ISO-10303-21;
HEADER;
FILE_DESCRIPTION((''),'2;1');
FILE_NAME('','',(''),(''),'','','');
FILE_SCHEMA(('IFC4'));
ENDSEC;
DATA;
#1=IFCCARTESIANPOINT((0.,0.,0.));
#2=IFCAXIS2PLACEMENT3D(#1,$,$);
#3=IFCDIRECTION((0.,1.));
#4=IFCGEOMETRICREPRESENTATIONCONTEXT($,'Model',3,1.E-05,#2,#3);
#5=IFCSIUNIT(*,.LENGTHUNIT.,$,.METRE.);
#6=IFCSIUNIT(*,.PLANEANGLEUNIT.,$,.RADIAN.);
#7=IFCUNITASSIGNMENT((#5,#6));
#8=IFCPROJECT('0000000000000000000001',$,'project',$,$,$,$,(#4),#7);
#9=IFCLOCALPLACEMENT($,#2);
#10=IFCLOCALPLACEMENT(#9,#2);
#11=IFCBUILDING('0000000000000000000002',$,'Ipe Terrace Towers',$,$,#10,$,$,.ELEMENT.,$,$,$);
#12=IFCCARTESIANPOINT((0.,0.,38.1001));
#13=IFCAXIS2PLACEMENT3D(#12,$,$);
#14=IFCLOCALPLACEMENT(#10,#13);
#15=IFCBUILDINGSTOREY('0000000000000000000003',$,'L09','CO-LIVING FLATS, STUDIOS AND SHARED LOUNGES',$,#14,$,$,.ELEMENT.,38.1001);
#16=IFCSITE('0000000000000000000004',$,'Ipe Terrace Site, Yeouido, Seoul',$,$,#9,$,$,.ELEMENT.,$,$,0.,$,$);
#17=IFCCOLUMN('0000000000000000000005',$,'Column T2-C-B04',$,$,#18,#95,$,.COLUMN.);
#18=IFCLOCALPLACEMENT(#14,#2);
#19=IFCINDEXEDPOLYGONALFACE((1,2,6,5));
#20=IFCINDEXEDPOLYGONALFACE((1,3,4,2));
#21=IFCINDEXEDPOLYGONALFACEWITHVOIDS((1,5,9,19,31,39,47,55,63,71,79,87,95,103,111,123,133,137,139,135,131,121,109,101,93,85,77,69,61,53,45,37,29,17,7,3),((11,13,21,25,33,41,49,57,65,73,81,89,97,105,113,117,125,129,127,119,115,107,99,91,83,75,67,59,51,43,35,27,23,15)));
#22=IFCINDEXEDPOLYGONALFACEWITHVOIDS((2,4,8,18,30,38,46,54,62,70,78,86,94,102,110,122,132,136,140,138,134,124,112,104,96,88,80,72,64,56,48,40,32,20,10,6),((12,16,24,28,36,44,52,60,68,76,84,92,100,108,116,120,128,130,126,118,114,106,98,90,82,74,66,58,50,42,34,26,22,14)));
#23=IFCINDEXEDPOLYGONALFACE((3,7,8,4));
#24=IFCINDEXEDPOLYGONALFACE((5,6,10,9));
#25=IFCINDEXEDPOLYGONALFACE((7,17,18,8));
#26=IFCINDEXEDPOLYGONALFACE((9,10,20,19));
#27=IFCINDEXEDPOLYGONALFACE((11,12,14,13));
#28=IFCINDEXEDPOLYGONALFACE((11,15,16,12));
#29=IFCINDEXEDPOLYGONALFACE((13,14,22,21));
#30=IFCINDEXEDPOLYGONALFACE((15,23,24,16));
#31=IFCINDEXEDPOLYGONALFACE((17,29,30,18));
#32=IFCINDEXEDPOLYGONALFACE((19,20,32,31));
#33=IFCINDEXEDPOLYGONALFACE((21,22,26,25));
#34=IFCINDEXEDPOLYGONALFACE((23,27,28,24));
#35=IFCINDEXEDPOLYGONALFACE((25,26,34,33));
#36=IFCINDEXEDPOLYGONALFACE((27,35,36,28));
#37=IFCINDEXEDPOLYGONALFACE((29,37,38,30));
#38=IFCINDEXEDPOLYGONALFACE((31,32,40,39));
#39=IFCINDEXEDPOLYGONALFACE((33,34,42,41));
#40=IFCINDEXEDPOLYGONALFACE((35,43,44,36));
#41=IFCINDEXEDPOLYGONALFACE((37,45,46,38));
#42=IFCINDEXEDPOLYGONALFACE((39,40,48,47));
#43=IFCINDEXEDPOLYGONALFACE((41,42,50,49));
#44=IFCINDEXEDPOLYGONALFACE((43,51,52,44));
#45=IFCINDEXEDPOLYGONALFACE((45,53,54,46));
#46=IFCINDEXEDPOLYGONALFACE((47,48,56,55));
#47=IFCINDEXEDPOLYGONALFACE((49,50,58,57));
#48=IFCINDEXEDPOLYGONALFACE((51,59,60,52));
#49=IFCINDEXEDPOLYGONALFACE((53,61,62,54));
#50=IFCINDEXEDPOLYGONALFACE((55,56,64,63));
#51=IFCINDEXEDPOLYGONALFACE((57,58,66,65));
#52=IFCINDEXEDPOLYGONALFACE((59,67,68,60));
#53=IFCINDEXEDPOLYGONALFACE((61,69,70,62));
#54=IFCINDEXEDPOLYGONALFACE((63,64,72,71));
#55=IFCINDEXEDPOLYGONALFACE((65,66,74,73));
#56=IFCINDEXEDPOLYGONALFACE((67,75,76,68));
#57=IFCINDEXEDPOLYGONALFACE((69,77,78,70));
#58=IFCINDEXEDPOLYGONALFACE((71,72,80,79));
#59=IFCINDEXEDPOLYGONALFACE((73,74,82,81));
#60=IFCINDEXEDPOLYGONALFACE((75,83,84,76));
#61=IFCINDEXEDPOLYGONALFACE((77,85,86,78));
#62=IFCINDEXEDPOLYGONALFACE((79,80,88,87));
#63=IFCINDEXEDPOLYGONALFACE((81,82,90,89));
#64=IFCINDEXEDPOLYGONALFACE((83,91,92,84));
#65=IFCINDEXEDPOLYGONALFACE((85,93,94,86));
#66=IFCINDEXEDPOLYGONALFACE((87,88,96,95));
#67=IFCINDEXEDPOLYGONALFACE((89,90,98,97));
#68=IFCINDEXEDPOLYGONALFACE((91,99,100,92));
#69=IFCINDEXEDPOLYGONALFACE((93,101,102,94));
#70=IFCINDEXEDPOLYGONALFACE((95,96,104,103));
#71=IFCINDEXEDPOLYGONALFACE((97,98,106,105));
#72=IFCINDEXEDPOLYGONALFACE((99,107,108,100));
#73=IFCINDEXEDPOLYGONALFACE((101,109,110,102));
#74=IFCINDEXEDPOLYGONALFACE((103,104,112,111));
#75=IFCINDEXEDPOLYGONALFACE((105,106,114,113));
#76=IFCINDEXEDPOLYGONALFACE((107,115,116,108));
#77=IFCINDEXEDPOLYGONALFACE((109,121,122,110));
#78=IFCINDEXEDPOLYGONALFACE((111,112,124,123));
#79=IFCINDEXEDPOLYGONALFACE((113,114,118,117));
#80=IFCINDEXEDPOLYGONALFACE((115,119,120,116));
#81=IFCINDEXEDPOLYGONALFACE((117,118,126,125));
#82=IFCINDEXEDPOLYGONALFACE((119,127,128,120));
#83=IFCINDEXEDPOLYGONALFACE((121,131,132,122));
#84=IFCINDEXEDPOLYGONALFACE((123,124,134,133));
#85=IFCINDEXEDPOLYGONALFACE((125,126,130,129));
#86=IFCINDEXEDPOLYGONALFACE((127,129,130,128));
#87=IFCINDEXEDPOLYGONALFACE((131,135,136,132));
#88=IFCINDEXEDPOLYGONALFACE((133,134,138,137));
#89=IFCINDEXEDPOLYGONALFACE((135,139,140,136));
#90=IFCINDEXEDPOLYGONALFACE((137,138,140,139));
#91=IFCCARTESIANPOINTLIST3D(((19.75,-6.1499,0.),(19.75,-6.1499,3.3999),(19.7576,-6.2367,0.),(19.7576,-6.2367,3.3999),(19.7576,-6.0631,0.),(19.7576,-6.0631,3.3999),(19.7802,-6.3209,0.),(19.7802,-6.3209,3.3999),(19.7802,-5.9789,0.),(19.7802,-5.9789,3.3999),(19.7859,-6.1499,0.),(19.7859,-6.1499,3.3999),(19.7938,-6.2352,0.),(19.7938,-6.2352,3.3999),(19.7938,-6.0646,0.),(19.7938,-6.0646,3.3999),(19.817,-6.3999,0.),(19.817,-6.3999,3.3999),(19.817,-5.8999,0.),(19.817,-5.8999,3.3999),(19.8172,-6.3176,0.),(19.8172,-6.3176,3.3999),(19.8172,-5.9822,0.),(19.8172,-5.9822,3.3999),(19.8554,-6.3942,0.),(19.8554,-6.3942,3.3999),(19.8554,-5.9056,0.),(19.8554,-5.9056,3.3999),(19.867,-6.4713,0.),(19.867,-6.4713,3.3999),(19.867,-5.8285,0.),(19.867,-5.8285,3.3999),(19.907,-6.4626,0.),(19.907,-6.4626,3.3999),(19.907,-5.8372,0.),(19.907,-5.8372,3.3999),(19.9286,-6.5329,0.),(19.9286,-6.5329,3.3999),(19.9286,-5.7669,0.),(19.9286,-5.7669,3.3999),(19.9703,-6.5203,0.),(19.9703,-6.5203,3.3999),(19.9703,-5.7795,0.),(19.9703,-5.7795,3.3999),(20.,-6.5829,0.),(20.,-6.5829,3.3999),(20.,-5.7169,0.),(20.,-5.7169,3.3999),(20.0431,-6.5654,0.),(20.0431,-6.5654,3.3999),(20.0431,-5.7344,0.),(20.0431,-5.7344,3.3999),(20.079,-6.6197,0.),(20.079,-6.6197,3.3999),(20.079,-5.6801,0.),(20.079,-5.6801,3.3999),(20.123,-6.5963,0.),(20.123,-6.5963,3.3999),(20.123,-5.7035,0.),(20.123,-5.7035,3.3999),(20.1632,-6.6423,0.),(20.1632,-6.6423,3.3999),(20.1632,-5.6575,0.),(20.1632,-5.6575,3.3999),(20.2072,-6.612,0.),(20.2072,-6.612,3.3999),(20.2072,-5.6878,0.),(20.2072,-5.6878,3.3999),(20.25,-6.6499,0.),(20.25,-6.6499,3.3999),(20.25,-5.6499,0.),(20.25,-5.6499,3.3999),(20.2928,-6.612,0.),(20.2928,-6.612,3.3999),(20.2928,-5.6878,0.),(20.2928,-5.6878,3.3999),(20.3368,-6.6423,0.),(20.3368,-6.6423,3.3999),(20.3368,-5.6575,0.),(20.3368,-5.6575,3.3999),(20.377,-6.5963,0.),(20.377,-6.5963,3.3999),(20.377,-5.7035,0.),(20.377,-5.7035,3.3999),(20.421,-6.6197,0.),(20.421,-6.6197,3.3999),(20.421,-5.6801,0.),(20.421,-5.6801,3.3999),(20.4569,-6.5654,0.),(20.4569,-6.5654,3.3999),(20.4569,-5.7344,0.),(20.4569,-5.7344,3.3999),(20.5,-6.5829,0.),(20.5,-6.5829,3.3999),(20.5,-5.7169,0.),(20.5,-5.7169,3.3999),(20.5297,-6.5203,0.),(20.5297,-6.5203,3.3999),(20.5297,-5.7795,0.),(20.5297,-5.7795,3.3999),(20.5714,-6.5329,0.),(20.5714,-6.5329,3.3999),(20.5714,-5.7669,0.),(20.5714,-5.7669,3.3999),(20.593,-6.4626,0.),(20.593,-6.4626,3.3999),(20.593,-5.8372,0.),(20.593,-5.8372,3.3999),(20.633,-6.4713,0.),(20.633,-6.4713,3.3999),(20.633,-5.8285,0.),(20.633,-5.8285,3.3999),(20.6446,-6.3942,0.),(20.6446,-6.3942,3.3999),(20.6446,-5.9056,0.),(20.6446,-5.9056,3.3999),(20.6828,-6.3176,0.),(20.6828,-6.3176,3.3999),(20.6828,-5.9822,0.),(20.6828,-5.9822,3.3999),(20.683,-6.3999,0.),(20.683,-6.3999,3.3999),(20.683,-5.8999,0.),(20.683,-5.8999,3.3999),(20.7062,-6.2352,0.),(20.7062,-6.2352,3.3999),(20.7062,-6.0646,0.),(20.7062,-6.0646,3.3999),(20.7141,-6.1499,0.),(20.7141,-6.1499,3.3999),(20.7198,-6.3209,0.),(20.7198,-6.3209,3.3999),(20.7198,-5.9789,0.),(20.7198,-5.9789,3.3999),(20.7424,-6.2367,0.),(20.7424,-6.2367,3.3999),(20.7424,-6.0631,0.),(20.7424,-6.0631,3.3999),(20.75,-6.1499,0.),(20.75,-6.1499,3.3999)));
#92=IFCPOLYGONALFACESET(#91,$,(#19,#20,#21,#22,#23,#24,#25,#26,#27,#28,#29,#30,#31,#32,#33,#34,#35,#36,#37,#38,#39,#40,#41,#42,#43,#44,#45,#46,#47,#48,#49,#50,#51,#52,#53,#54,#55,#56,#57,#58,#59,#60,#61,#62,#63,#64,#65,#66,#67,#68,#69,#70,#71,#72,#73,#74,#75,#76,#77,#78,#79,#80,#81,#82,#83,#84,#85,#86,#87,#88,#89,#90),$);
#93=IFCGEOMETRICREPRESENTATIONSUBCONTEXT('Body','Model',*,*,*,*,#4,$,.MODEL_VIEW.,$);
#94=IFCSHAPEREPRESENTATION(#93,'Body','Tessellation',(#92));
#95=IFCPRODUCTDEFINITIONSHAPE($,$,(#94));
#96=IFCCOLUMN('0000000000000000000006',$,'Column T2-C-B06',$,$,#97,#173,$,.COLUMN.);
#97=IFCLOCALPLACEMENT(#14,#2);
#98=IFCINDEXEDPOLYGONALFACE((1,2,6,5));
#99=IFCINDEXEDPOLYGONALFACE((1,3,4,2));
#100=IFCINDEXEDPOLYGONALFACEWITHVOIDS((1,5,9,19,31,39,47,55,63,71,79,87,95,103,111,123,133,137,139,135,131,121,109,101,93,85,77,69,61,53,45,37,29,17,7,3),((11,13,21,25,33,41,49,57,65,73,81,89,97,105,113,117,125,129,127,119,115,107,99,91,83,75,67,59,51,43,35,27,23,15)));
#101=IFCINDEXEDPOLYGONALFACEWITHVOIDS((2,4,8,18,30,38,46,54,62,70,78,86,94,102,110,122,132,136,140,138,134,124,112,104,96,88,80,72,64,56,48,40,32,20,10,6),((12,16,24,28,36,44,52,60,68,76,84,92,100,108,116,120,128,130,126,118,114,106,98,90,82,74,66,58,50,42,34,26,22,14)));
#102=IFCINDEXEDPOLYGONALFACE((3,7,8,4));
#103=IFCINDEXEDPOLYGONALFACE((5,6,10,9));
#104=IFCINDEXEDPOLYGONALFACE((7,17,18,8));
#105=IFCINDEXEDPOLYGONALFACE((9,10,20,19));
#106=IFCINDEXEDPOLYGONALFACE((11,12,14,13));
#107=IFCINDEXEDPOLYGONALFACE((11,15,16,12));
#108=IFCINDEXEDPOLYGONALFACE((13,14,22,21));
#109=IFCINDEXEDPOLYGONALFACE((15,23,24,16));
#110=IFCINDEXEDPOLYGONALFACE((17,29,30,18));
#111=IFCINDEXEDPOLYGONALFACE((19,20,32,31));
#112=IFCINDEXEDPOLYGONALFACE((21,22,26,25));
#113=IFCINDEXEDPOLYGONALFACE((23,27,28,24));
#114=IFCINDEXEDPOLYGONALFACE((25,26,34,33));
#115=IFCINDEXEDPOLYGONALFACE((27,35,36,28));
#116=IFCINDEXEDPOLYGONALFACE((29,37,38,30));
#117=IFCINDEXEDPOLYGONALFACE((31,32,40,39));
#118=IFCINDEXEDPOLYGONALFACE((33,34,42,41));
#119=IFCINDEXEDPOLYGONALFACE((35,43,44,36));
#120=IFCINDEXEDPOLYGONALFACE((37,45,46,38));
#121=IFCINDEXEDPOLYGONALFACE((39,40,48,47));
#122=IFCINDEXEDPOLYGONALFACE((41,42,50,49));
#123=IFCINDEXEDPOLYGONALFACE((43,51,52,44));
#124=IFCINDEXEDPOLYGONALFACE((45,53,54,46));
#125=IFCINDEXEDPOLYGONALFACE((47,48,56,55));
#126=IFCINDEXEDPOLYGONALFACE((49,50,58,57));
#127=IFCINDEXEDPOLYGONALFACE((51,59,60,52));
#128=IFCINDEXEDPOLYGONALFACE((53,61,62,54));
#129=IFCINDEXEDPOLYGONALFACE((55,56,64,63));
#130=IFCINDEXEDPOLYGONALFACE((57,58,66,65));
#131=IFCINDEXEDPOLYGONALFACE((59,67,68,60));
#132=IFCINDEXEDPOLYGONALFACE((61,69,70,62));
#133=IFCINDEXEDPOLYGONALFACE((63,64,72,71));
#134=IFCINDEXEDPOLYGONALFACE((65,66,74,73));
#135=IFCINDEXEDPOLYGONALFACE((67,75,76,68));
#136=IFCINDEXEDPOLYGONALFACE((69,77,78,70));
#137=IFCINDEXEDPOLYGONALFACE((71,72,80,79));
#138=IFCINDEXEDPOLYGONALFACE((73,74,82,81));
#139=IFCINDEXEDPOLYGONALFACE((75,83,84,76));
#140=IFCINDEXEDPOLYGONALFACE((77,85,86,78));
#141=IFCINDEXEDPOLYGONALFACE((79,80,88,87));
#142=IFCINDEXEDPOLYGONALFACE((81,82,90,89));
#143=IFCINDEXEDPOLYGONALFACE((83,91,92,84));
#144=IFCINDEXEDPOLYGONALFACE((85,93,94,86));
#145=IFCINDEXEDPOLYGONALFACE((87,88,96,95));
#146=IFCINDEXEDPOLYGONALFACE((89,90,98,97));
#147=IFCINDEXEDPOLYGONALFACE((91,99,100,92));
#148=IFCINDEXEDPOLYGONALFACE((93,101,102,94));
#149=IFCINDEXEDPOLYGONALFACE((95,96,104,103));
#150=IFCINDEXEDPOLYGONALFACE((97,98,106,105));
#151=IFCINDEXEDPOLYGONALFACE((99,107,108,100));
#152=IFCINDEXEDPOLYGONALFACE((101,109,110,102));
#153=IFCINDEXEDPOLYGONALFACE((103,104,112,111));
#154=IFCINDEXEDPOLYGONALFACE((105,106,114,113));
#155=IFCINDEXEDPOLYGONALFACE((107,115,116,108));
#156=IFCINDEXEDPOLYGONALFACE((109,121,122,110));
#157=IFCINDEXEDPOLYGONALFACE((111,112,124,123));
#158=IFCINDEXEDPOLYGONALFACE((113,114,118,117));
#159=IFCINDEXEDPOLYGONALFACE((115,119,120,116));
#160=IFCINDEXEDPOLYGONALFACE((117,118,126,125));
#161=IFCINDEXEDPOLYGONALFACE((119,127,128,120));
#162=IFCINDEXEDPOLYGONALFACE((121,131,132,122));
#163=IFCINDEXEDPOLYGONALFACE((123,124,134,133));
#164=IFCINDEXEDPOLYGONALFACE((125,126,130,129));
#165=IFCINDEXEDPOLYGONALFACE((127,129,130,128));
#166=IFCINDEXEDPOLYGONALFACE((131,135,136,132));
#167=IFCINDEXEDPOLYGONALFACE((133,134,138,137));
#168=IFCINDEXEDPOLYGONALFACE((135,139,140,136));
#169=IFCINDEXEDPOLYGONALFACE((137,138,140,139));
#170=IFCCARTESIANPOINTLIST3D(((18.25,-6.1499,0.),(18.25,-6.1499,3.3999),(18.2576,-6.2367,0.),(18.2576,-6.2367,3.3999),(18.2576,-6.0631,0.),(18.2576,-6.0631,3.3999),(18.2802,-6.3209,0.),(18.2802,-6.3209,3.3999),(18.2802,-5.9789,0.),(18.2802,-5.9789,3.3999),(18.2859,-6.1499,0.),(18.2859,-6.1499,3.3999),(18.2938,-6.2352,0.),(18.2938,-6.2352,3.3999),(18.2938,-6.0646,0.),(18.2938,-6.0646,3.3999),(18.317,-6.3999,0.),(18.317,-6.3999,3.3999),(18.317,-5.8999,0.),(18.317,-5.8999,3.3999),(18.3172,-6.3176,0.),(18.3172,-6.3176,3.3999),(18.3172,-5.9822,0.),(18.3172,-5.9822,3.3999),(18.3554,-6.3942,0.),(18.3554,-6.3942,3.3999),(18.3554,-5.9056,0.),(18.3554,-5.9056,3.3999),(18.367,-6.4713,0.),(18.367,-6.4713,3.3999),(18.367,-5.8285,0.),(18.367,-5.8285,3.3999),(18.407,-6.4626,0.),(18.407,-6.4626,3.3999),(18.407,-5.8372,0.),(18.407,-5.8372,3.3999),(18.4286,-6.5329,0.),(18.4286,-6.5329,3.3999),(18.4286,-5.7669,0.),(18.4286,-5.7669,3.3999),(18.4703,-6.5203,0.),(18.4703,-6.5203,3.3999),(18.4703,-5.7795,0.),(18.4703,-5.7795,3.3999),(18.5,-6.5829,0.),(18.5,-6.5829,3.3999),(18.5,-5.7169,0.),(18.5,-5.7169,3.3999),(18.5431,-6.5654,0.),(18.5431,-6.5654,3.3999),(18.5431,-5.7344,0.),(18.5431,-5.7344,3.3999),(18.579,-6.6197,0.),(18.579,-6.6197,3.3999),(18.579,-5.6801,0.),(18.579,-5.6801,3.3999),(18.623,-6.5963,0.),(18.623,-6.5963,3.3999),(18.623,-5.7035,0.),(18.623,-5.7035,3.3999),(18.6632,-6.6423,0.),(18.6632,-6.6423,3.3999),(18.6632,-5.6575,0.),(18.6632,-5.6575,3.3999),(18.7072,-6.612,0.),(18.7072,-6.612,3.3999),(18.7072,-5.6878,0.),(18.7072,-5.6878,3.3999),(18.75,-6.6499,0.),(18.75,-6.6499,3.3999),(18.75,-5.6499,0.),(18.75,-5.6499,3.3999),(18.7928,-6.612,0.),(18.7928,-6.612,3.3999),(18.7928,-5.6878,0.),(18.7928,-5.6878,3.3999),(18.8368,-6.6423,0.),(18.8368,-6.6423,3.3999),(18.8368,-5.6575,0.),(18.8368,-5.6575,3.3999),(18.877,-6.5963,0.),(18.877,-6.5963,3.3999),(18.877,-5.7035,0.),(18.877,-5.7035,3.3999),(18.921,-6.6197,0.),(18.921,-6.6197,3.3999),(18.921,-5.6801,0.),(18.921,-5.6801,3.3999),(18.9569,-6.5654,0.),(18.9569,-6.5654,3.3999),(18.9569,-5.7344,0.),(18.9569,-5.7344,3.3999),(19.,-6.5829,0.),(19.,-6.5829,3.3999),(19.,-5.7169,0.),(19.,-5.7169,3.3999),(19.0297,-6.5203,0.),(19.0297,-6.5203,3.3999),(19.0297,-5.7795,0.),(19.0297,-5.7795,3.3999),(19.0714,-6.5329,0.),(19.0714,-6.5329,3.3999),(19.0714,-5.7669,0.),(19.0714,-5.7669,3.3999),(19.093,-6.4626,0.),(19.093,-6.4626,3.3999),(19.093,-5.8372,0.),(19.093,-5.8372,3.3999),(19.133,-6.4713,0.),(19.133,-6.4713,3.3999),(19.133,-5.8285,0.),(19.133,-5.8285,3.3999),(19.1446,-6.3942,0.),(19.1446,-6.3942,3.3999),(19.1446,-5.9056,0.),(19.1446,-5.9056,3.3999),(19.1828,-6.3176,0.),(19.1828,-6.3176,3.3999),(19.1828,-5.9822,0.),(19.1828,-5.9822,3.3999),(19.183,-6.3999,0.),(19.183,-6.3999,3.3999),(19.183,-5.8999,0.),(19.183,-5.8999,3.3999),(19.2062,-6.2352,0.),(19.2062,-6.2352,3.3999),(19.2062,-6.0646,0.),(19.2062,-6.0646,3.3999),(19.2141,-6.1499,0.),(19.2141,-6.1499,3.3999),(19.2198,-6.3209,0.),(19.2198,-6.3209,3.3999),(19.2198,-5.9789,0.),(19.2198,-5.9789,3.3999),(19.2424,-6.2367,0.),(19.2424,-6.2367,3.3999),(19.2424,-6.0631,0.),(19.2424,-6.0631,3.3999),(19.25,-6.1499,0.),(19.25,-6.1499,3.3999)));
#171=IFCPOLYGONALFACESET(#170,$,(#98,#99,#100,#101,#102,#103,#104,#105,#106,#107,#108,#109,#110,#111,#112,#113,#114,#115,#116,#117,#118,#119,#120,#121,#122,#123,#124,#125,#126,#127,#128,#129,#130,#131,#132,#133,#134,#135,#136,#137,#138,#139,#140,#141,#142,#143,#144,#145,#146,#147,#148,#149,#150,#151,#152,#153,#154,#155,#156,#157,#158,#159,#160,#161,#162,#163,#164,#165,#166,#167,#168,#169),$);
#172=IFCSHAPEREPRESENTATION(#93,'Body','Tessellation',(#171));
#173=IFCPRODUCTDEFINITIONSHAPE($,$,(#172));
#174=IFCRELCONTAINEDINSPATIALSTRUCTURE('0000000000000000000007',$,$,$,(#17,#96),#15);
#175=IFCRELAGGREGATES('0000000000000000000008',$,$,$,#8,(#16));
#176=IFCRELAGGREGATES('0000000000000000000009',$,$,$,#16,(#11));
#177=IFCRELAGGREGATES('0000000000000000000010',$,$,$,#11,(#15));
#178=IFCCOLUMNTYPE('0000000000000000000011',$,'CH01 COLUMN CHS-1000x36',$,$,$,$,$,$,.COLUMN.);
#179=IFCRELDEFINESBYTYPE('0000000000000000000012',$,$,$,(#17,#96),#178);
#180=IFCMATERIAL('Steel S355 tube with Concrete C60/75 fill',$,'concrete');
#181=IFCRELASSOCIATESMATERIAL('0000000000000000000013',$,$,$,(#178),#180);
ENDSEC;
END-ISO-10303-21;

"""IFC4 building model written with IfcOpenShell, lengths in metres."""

from ifc_helpers import new_model, si_unit, direction, frame, origin, origin_2d, place, context, subcontext, project, spatial, hollow_circle, extrude, material, material_profile, profile_set, type_object, element, save


model = new_model("IFC4")

# Units and contexts
model_context = context("Model", 3, precision=1e-05, world=origin(), true_north=direction((0.0, 1.0)))
body_context = subcontext(model_context, "Body", "Model", "MODEL_VIEW")
ifc_project = project(units=[si_unit("LENGTHUNIT", "METRE"), si_unit("PLANEANGLEUNIT", "RADIAN")], contexts=[model_context])

# Site, building, storey
site_placement = place(None, origin())
site = spatial("IfcSite", under=ifc_project, at=site_placement, Name="Ipe Terrace Site, Yeouido, Seoul", CompositionType="ELEMENT", RefElevation=0.0)
building_placement = place(site_placement, origin())
building = spatial("IfcBuilding", under=site, at=building_placement, Name="Ipe Terrace Towers", CompositionType="ELEMENT")
storey_placement = place(building_placement, frame((0.0, 0.0, 38.1001)))
storey = spatial("IfcBuildingStorey", under=building, at=storey_placement, Name="L09", Description="CO-LIVING FLATS, STUDIOS AND SHARED LOUNGES", CompositionType="ELEMENT", Elevation=38.1001)

# Columns
ifc_material_1 = material(Name="Steel S355 tube with Concrete C60/75 fill", Category="concrete")
ifc_material_profile_1 = material_profile(ifc_material_1, hollow_circle(Radius=0.5, WallThickness=0.0359, at=origin_2d()), Name="CHS-1000x36")
ifc_profile_set_1 = profile_set([ifc_material_profile_1], Name="Steel S355 tube with Concrete C60/75 fill")
column_type = type_object("IfcColumnType", Name="CH01 COLUMN CHS-1000x36", PredefinedType="COLUMN", material=ifc_profile_set_1)
for number, where, z_axis, x_axis, name in (
    (1, (20.25, -6.1499, 0.0), (0.0, 0.0, 1.0), (1.0, 0.0, 0.0), "Column T2-C-B04"),
    (2, (18.75, -6.1499, 0.0), (0.0, 0.0, 1.0), (1.0, 0.0, 0.0), "Column T2-C-B06"),
):
    element("IfcColumn", number, at=place(storey_placement, frame(where, z_axis=z_axis, x_axis=x_axis)), inside=storey, type_object=column_type, Name=name, PredefinedType="COLUMN", context=body_context, shape_type="SweptSolid", body=[
        extrude(hollow_circle(Radius=0.5, WallThickness=0.0359, at=origin_2d()), origin(), (0.0, 0.0, 1.0), 3.3999),
    ])

save(model, "model.ifc")
